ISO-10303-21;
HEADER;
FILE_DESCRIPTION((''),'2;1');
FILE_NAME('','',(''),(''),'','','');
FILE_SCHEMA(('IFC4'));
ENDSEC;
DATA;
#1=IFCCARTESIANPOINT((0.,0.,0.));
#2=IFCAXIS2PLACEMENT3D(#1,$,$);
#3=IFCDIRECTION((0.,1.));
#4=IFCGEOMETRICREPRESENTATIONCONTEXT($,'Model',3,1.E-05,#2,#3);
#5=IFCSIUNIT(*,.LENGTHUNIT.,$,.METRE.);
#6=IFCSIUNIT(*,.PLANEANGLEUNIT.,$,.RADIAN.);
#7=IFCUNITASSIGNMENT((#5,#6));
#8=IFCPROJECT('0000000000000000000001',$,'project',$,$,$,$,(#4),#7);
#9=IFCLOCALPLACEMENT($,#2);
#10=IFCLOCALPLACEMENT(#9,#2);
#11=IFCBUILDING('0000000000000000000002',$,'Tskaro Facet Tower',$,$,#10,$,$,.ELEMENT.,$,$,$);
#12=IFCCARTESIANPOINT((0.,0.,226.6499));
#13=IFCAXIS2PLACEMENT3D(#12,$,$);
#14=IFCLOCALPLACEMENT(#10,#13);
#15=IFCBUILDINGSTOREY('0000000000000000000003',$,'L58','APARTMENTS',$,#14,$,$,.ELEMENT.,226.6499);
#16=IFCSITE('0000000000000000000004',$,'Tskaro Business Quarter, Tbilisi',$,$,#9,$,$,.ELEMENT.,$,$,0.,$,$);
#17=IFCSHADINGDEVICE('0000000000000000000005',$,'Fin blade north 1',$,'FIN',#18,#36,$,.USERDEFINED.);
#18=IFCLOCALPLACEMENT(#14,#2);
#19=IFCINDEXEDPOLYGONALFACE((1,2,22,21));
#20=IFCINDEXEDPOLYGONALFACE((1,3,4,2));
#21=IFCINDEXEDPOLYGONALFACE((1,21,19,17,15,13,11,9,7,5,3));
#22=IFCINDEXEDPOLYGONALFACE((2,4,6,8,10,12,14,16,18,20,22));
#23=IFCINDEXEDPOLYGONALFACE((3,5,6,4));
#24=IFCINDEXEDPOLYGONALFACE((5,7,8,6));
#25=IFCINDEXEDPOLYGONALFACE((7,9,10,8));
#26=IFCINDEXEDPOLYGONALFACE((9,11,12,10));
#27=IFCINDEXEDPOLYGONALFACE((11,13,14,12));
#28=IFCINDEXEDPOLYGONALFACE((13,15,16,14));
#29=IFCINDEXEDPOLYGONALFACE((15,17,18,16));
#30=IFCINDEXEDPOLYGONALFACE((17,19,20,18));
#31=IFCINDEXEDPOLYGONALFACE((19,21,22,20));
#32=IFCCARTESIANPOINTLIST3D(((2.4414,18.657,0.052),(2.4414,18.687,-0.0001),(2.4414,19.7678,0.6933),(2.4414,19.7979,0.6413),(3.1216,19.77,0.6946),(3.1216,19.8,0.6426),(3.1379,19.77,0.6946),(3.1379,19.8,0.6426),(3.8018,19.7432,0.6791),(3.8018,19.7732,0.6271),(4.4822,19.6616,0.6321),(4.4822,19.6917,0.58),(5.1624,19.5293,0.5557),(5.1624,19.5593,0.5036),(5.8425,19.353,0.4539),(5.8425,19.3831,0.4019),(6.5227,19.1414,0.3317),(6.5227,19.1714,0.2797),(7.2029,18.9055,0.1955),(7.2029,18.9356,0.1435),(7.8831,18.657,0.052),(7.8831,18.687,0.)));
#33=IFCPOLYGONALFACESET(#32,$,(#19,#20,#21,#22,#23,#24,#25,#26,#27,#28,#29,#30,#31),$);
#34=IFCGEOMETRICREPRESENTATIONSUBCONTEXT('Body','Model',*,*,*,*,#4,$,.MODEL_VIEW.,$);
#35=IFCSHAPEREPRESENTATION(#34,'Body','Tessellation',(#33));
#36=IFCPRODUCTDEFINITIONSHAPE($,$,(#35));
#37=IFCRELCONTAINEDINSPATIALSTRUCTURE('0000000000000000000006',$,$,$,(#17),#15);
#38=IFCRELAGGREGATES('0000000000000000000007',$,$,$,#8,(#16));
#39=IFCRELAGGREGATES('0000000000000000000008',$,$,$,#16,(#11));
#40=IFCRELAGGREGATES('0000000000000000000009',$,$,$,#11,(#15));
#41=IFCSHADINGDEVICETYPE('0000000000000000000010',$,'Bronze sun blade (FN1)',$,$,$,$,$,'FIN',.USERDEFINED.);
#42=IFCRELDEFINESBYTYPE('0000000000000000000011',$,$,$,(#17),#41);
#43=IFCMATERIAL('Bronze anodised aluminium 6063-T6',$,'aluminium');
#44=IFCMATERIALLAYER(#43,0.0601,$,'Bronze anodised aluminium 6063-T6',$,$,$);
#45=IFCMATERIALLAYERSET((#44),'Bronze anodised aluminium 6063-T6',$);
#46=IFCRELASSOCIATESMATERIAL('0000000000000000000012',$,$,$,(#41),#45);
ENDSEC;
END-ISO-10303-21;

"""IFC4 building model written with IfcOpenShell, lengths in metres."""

from ifc_helpers import new_model, si_unit, direction, frame, origin, place, context, subcontext, project, spatial, polyline, outline, extrude, material, layer, layer_set, type_object, element, save


model = new_model("IFC4")

# Units and contexts
model_context = context("Model", 3, precision=1e-05, world=origin(), true_north=direction((0.0, 1.0)))
body_context = subcontext(model_context, "Body", "Model", "MODEL_VIEW")
ifc_project = project(units=[si_unit("LENGTHUNIT", "METRE"), si_unit("PLANEANGLEUNIT", "RADIAN")], contexts=[model_context])

# Site, building, storey
site_placement = place(None, origin())
site = spatial("IfcSite", under=ifc_project, at=site_placement, Name="Tskaro Business Quarter, Tbilisi", CompositionType="ELEMENT", RefElevation=0.0)
building_placement = place(site_placement, origin())
building = spatial("IfcBuilding", under=site, at=building_placement, Name="Tskaro Facet Tower", CompositionType="ELEMENT")
storey_placement = place(building_placement, frame((0.0, 0.0, 226.6499)))
storey = spatial("IfcBuildingStorey", under=building, at=storey_placement, Name="L58", Description="APARTMENTS", CompositionType="ELEMENT", Elevation=226.6499)

# Shared definitions
ifc_material_1 = material(Name="Bronze anodised aluminium 6063-T6", Category="aluminium")

# Shading device
ifc_layer_1 = layer(ifc_material_1, 0.0601, Name="Bronze anodised aluminium 6063-T6")
ifc_layer_set_1 = layer_set([ifc_layer_1], Name="Bronze anodised aluminium 6063-T6")
shading_device_type = type_object("IfcShadingDeviceType", Name="Bronze sun blade (FN1)", ElementType="FIN", PredefinedType="USERDEFINED", material=ifc_layer_set_1)
shading_device_placement = place(storey_placement, frame((7.8831, 18.657, 0.052), z_axis=(-0.000011, -0.500035, 0.866005), x_axis=(-1.0, 0.000005, -0.000009)))
element("IfcShadingDevice", 1, at=shading_device_placement, inside=storey, type_object=shading_device_type, Name="Fin blade north 1", ObjectType="FIN", PredefinedType="USERDEFINED", context=body_context, shape_type="SweptSolid", body=[
    extrude(outline(polyline([(0.0, 0.0), (5.4417, 0.0), (5.4417, -1.2827), (4.7615, -1.2852), (4.7451, -1.2852), (4.0813, -1.2543), (3.4009, -1.1601), (2.7207, -1.0073), (2.0405, -0.8037), (1.3604, -0.5594), (0.6802, -0.287), (0.0, 0.0)])), origin(), (0.0, 0.0, -1.0), 0.0601),
])

save(model, "model.ifc")
